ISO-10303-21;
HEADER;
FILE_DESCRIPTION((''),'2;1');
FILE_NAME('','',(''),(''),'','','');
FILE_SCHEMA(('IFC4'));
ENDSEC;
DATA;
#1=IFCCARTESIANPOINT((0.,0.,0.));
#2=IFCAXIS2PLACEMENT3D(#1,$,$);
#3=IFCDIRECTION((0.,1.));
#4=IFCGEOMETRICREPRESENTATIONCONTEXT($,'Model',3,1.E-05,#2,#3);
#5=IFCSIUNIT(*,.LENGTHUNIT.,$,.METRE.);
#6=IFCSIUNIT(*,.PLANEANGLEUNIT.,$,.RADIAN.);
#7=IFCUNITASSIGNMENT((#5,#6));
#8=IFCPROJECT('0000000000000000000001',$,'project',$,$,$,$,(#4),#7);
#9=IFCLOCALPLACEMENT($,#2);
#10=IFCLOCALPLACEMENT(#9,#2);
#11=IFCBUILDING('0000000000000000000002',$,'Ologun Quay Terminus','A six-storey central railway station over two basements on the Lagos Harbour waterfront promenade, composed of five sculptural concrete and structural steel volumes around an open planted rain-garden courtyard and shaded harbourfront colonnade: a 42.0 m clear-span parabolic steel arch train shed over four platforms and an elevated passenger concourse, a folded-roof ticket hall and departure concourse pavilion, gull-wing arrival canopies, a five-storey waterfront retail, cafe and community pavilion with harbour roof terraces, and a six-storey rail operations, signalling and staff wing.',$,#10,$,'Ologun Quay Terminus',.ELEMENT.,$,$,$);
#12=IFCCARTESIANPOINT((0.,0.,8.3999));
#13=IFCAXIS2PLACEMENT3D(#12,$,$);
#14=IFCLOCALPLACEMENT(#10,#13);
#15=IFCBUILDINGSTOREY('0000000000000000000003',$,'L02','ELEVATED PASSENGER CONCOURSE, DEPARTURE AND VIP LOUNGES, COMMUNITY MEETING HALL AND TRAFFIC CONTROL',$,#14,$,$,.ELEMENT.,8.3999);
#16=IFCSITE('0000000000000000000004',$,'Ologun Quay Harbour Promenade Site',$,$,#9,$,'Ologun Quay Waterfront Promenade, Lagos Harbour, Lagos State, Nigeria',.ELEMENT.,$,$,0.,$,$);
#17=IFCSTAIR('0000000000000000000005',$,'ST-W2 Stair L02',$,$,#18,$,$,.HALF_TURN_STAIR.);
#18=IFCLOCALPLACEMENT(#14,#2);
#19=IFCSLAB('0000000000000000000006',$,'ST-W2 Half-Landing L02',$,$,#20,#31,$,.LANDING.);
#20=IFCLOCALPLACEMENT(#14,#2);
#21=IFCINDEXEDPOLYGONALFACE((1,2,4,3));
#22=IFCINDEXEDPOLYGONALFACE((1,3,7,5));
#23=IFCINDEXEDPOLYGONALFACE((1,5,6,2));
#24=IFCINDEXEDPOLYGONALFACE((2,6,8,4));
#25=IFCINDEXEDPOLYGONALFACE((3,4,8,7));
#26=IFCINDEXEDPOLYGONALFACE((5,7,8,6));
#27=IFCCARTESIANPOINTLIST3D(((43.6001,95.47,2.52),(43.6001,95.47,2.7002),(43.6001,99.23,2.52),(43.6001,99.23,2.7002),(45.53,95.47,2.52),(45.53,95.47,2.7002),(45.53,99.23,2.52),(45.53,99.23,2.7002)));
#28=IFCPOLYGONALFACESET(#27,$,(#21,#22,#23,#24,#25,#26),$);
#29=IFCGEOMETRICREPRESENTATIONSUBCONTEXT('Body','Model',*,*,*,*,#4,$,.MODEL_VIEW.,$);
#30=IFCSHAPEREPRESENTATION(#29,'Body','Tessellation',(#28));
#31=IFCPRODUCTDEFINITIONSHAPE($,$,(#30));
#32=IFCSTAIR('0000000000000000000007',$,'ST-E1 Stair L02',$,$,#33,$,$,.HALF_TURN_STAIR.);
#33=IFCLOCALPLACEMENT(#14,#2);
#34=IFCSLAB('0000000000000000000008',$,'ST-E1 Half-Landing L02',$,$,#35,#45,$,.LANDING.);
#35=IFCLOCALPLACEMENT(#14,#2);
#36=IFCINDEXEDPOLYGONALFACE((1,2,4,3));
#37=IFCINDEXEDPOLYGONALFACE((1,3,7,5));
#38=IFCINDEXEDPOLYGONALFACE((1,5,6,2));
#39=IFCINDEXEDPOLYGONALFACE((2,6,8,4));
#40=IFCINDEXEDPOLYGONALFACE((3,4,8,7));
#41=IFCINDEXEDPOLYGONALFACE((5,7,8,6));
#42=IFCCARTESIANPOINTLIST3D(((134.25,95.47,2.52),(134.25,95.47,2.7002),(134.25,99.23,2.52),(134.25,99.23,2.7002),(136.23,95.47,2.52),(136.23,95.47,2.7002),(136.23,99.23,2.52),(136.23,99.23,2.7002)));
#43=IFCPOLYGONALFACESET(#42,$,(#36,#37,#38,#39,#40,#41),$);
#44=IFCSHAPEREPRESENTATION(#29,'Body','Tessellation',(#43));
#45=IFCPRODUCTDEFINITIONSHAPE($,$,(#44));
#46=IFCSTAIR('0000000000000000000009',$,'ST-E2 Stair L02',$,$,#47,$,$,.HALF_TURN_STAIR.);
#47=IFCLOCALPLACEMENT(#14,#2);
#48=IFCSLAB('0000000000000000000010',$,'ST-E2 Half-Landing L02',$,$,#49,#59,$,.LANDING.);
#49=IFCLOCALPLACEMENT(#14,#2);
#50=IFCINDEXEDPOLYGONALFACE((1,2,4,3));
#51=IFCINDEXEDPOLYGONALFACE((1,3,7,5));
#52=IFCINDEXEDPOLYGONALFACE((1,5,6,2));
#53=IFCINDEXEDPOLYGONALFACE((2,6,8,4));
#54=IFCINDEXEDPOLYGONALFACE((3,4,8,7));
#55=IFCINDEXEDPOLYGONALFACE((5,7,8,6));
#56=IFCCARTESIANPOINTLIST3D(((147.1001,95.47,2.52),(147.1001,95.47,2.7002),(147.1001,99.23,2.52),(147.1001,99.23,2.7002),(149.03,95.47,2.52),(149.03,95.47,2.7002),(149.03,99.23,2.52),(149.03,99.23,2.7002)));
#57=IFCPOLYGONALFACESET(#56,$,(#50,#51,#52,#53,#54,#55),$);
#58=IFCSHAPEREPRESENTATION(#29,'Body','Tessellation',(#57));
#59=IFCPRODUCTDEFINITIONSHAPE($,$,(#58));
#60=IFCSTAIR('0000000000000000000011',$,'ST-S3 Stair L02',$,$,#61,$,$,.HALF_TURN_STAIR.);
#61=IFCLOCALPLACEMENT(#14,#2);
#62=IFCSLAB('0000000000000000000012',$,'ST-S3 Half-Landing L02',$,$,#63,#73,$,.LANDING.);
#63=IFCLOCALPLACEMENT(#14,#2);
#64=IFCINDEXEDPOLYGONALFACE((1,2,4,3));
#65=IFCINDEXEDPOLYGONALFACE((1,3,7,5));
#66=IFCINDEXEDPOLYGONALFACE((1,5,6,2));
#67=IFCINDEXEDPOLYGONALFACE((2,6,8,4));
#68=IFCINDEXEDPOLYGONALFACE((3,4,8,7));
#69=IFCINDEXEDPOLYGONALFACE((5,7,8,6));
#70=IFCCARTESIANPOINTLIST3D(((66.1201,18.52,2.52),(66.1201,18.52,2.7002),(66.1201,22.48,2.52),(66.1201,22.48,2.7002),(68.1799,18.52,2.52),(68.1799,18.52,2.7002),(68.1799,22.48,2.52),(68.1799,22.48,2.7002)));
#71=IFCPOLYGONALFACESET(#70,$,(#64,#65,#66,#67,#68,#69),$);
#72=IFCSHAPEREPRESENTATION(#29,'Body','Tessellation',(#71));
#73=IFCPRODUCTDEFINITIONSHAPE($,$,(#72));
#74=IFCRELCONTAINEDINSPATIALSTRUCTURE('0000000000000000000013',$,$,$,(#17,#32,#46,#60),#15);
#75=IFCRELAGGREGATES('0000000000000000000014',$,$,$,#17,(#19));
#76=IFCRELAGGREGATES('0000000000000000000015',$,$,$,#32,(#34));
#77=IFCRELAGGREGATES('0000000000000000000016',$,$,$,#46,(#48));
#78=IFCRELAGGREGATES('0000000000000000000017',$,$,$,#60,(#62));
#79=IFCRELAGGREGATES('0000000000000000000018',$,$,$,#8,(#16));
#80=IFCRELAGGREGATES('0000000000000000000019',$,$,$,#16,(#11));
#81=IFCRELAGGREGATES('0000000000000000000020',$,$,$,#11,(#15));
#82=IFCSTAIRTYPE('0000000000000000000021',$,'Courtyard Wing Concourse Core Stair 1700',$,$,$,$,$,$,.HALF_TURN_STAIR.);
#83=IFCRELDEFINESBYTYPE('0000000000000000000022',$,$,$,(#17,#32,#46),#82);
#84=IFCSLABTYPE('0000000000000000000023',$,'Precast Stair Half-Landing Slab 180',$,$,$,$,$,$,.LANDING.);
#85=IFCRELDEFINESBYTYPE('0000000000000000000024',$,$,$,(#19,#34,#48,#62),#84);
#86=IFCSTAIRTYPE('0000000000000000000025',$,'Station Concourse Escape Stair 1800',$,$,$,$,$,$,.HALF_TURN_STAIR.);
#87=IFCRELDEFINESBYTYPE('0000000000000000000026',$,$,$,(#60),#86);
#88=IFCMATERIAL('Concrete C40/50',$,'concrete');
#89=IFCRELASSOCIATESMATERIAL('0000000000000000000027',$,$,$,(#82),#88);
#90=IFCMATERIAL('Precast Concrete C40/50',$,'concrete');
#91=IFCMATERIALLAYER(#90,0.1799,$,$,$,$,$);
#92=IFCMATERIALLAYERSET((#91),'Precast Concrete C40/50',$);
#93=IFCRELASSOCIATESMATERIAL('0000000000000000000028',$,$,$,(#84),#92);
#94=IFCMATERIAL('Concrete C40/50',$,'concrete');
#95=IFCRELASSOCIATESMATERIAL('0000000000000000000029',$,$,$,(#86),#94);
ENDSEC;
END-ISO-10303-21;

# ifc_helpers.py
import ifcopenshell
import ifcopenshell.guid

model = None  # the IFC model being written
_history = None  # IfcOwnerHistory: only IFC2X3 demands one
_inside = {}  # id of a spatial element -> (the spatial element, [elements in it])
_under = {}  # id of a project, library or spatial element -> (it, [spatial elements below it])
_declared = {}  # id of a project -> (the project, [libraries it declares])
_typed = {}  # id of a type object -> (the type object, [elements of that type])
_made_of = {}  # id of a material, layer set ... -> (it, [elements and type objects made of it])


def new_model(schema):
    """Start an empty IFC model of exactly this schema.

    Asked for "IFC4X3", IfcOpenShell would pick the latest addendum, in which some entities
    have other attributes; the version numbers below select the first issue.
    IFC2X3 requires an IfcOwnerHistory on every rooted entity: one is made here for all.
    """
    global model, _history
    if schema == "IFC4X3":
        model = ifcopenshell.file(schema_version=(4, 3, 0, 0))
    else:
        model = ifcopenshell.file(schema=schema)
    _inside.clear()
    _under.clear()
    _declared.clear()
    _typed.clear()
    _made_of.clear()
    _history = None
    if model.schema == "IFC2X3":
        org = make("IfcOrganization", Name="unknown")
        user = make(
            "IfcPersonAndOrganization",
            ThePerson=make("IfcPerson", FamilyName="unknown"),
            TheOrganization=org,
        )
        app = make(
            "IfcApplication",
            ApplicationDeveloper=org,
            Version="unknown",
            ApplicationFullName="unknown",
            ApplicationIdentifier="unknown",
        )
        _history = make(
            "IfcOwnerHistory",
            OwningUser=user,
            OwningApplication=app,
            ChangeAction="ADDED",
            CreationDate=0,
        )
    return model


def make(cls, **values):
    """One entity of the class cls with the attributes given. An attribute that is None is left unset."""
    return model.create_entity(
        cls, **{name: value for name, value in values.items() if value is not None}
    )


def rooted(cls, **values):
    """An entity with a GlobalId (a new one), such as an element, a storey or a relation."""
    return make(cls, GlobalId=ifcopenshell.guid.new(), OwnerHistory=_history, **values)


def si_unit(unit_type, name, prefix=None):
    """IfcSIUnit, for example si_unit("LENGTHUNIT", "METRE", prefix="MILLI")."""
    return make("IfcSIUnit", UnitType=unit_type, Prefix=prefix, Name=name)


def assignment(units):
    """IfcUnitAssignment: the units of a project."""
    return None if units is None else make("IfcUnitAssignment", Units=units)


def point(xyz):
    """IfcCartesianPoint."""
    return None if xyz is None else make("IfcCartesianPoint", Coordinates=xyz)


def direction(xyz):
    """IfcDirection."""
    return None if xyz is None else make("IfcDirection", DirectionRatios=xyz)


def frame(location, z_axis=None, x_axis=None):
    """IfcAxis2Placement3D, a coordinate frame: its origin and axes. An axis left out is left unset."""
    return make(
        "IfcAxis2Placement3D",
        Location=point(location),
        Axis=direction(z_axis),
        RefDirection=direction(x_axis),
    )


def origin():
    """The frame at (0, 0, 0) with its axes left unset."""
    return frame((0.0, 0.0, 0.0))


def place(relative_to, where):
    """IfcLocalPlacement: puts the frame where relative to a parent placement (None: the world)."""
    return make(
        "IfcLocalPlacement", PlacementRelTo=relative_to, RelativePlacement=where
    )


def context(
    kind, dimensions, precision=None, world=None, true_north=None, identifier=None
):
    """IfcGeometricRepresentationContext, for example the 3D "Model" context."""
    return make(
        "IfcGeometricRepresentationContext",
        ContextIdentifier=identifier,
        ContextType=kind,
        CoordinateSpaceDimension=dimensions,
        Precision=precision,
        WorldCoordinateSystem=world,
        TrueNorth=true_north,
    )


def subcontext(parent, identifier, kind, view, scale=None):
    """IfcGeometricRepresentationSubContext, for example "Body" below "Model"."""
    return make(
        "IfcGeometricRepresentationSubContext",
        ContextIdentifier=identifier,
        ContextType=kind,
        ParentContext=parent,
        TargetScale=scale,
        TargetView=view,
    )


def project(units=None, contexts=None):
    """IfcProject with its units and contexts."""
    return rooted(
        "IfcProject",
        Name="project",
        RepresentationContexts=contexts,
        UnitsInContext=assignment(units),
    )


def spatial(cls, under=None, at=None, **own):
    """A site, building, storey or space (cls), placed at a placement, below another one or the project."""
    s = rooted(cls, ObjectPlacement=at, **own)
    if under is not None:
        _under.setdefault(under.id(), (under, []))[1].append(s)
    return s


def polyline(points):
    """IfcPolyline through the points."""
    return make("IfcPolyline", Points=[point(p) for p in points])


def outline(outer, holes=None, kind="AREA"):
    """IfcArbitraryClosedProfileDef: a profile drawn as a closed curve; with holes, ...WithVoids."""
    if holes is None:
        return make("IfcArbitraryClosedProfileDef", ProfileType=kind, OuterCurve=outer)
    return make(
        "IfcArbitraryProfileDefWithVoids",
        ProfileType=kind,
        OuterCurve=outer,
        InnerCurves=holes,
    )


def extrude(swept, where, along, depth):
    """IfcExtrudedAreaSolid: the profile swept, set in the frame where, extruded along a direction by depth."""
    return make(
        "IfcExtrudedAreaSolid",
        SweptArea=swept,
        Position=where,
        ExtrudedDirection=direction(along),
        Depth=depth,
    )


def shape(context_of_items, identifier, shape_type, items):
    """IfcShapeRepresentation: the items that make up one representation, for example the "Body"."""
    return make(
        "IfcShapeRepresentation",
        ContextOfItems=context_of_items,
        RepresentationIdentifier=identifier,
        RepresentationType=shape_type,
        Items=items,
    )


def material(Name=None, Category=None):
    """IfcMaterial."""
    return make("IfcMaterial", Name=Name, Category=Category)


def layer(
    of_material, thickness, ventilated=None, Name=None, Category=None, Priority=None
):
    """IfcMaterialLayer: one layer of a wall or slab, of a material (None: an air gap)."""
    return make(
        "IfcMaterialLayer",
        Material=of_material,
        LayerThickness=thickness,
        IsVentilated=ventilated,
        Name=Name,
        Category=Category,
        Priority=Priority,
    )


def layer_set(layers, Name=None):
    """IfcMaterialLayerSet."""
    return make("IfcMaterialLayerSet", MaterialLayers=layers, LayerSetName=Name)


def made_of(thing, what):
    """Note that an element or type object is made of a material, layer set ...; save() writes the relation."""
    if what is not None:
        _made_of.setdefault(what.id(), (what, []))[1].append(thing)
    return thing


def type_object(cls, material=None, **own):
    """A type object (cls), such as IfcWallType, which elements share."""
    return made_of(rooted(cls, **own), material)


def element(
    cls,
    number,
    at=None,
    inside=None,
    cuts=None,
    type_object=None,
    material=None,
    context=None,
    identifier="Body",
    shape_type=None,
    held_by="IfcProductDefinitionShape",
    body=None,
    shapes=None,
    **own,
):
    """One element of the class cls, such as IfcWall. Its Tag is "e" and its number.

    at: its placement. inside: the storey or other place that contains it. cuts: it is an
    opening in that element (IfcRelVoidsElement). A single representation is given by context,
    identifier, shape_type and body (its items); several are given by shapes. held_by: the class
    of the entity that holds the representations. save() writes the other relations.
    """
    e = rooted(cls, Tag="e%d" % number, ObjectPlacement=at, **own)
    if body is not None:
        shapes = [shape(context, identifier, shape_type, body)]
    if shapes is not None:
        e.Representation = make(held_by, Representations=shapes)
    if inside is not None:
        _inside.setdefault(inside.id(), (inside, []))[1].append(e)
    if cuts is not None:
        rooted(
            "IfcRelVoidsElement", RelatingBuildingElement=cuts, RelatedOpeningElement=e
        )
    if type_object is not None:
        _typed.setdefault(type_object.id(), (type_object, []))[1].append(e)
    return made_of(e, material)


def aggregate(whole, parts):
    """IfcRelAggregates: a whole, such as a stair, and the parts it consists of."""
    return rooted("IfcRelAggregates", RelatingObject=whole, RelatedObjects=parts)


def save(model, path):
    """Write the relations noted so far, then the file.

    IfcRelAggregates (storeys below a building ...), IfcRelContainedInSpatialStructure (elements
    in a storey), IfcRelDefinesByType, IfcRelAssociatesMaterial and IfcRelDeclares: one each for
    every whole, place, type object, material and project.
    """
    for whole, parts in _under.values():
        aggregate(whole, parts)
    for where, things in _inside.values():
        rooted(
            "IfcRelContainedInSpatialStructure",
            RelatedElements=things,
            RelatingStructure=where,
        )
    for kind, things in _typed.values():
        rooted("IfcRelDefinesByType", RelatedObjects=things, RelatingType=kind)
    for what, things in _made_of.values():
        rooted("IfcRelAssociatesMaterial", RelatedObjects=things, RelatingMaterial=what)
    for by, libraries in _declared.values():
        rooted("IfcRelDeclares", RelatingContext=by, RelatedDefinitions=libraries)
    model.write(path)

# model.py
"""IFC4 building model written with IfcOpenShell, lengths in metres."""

from ifc_helpers import new_model, si_unit, direction, frame, origin, place, context, subcontext, project, spatial, polyline, outline, extrude, material, layer, layer_set, type_object, element, aggregate, save


model = new_model("IFC4")

# Units and contexts
model_context = context("Model", 3, precision=1e-05, world=origin(), true_north=direction((0.0, 1.0)))
body_context = subcontext(model_context, "Body", "Model", "MODEL_VIEW")
ifc_project = project(units=[si_unit("LENGTHUNIT", "METRE"), si_unit("PLANEANGLEUNIT", "RADIAN")], contexts=[model_context])

# Site, building, storey
site_placement = place(None, origin())
site = spatial("IfcSite", under=ifc_project, at=site_placement, Name="Ologun Quay Harbour Promenade Site", LongName="Ologun Quay Waterfront Promenade, Lagos Harbour, Lagos State, Nigeria", CompositionType="ELEMENT", RefElevation=0.0)
building_placement = place(site_placement, origin())
building = spatial("IfcBuilding", under=site, at=building_placement, Name="Ologun Quay Terminus", Description="A six-storey central railway station over two basements on the Lagos Harbour waterfront promenade, composed of five sculptural concrete and structural steel volumes around an open planted rain-garden courtyard and shaded harbourfront colonnade: a 42.0 m clear-span parabolic steel arch train shed over four platforms and an elevated passenger concourse, a folded-roof ticket hall and departure concourse pavilion, gull-wing arrival canopies, a five-storey waterfront retail, cafe and community pavilion with harbour roof terraces, and a six-storey rail operations, signalling and staff wing.", LongName="Ologun Quay Terminus", CompositionType="ELEMENT")
storey_placement = place(building_placement, frame((0.0, 0.0, 8.3999)))
storey = spatial("IfcBuildingStorey", under=building, at=storey_placement, Name="L02", Description="ELEVATED PASSENGER CONCOURSE, DEPARTURE AND VIP LOUNGES, COMMUNITY MEETING HALL AND TRAFFIC CONTROL", CompositionType="ELEMENT", Elevation=8.3999)

# Stairs, slabs
ifc_material_1 = material(Name="Concrete C40/50", Category="concrete")
stair_type_1 = type_object("IfcStairType", Name="Courtyard Wing Concourse Core Stair 1700", PredefinedType="HALF_TURN_STAIR", material=ifc_material_1)
ifc_material_2 = material(Name="Precast Concrete C40/50", Category="concrete")
ifc_layer_1 = layer(ifc_material_2, 0.1799)
ifc_layer_set_1 = layer_set([ifc_layer_1], Name="Precast Concrete C40/50")
slab_type_1 = type_object("IfcSlabType", Name="Precast Stair Half-Landing Slab 180", PredefinedType="LANDING", material=ifc_layer_set_1)
stair_1_placement = place(storey_placement, origin())
stair_1 = element("IfcStair", 1, at=stair_1_placement, inside=storey, type_object=stair_type_1, Name="ST-W2 Stair L02", PredefinedType="HALF_TURN_STAIR")
slab_1_placement = place(storey_placement, frame((0.0, 0.0, 2.52)))
slab_1 = element("IfcSlab", 2, at=slab_1_placement, type_object=slab_type_1, Name="ST-W2 Half-Landing L02", PredefinedType="LANDING", context=body_context, shape_type="SweptSolid", body=[
    extrude(outline(polyline([(43.6001, 95.47), (45.53, 95.47), (45.53, 99.23), (43.6001, 99.23), (43.6001, 95.47)])), origin(), (0.0, 0.0, 1.0), 0.1802),
])
aggregate(stair_1, [slab_1])
stair_2_placement = place(storey_placement, origin())
stair_2 = element("IfcStair", 3, at=stair_2_placement, inside=storey, type_object=stair_type_1, Name="ST-E1 Stair L02", PredefinedType="HALF_TURN_STAIR")
slab_2_placement = place(storey_placement, frame((0.0, 0.0, 2.52)))
slab_2 = element("IfcSlab", 4, at=slab_2_placement, type_object=slab_type_1, Name="ST-E1 Half-Landing L02", PredefinedType="LANDING", context=body_context, shape_type="SweptSolid", body=[
    extrude(outline(polyline([(134.25, 95.47), (136.23, 95.47), (136.23, 99.23), (134.25, 99.23), (134.25, 95.47)])), origin(), (0.0, 0.0, 1.0), 0.1802),
])
aggregate(stair_2, [slab_2])
stair_3_placement = place(storey_placement, origin())
stair_3 = element("IfcStair", 5, at=stair_3_placement, inside=storey, type_object=stair_type_1, Name="ST-E2 Stair L02", PredefinedType="HALF_TURN_STAIR")
slab_3_placement = place(storey_placement, frame((0.0, 0.0, 2.52)))
slab_3 = element("IfcSlab", 6, at=slab_3_placement, type_object=slab_type_1, Name="ST-E2 Half-Landing L02", PredefinedType="LANDING", context=body_context, shape_type="SweptSolid", body=[
    extrude(outline(polyline([(147.1001, 95.47), (149.03, 95.47), (149.03, 99.23), (147.1001, 99.23), (147.1001, 95.47)])), origin(), (0.0, 0.0, 1.0), 0.1802),
])
aggregate(stair_3, [slab_3])
ifc_material_3 = material(Name="Concrete C40/50", Category="concrete")
stair_type_2 = type_object("IfcStairType", Name="Station Concourse Escape Stair 1800", PredefinedType="HALF_TURN_STAIR", material=ifc_material_3)
stair_4_placement = place(storey_placement, origin())
stair_4 = element("IfcStair", 7, at=stair_4_placement, inside=storey, type_object=stair_type_2, Name="ST-S3 Stair L02", PredefinedType="HALF_TURN_STAIR")
slab_4_placement = place(storey_placement, frame((0.0, 0.0, 2.52)))
slab_4 = element("IfcSlab", 8, at=slab_4_placement, type_object=slab_type_1, Name="ST-S3 Half-Landing L02", PredefinedType="LANDING", context=body_context, shape_type="SweptSolid", body=[
    extrude(outline(polyline([(66.1201, 18.52), (68.1799, 18.52), (68.1799, 22.48), (66.1201, 22.48), (66.1201, 18.52)])), origin(), (0.0, 0.0, 1.0), 0.1802),
])
aggregate(stair_4, [slab_4])

save(model, "model.ifc")
